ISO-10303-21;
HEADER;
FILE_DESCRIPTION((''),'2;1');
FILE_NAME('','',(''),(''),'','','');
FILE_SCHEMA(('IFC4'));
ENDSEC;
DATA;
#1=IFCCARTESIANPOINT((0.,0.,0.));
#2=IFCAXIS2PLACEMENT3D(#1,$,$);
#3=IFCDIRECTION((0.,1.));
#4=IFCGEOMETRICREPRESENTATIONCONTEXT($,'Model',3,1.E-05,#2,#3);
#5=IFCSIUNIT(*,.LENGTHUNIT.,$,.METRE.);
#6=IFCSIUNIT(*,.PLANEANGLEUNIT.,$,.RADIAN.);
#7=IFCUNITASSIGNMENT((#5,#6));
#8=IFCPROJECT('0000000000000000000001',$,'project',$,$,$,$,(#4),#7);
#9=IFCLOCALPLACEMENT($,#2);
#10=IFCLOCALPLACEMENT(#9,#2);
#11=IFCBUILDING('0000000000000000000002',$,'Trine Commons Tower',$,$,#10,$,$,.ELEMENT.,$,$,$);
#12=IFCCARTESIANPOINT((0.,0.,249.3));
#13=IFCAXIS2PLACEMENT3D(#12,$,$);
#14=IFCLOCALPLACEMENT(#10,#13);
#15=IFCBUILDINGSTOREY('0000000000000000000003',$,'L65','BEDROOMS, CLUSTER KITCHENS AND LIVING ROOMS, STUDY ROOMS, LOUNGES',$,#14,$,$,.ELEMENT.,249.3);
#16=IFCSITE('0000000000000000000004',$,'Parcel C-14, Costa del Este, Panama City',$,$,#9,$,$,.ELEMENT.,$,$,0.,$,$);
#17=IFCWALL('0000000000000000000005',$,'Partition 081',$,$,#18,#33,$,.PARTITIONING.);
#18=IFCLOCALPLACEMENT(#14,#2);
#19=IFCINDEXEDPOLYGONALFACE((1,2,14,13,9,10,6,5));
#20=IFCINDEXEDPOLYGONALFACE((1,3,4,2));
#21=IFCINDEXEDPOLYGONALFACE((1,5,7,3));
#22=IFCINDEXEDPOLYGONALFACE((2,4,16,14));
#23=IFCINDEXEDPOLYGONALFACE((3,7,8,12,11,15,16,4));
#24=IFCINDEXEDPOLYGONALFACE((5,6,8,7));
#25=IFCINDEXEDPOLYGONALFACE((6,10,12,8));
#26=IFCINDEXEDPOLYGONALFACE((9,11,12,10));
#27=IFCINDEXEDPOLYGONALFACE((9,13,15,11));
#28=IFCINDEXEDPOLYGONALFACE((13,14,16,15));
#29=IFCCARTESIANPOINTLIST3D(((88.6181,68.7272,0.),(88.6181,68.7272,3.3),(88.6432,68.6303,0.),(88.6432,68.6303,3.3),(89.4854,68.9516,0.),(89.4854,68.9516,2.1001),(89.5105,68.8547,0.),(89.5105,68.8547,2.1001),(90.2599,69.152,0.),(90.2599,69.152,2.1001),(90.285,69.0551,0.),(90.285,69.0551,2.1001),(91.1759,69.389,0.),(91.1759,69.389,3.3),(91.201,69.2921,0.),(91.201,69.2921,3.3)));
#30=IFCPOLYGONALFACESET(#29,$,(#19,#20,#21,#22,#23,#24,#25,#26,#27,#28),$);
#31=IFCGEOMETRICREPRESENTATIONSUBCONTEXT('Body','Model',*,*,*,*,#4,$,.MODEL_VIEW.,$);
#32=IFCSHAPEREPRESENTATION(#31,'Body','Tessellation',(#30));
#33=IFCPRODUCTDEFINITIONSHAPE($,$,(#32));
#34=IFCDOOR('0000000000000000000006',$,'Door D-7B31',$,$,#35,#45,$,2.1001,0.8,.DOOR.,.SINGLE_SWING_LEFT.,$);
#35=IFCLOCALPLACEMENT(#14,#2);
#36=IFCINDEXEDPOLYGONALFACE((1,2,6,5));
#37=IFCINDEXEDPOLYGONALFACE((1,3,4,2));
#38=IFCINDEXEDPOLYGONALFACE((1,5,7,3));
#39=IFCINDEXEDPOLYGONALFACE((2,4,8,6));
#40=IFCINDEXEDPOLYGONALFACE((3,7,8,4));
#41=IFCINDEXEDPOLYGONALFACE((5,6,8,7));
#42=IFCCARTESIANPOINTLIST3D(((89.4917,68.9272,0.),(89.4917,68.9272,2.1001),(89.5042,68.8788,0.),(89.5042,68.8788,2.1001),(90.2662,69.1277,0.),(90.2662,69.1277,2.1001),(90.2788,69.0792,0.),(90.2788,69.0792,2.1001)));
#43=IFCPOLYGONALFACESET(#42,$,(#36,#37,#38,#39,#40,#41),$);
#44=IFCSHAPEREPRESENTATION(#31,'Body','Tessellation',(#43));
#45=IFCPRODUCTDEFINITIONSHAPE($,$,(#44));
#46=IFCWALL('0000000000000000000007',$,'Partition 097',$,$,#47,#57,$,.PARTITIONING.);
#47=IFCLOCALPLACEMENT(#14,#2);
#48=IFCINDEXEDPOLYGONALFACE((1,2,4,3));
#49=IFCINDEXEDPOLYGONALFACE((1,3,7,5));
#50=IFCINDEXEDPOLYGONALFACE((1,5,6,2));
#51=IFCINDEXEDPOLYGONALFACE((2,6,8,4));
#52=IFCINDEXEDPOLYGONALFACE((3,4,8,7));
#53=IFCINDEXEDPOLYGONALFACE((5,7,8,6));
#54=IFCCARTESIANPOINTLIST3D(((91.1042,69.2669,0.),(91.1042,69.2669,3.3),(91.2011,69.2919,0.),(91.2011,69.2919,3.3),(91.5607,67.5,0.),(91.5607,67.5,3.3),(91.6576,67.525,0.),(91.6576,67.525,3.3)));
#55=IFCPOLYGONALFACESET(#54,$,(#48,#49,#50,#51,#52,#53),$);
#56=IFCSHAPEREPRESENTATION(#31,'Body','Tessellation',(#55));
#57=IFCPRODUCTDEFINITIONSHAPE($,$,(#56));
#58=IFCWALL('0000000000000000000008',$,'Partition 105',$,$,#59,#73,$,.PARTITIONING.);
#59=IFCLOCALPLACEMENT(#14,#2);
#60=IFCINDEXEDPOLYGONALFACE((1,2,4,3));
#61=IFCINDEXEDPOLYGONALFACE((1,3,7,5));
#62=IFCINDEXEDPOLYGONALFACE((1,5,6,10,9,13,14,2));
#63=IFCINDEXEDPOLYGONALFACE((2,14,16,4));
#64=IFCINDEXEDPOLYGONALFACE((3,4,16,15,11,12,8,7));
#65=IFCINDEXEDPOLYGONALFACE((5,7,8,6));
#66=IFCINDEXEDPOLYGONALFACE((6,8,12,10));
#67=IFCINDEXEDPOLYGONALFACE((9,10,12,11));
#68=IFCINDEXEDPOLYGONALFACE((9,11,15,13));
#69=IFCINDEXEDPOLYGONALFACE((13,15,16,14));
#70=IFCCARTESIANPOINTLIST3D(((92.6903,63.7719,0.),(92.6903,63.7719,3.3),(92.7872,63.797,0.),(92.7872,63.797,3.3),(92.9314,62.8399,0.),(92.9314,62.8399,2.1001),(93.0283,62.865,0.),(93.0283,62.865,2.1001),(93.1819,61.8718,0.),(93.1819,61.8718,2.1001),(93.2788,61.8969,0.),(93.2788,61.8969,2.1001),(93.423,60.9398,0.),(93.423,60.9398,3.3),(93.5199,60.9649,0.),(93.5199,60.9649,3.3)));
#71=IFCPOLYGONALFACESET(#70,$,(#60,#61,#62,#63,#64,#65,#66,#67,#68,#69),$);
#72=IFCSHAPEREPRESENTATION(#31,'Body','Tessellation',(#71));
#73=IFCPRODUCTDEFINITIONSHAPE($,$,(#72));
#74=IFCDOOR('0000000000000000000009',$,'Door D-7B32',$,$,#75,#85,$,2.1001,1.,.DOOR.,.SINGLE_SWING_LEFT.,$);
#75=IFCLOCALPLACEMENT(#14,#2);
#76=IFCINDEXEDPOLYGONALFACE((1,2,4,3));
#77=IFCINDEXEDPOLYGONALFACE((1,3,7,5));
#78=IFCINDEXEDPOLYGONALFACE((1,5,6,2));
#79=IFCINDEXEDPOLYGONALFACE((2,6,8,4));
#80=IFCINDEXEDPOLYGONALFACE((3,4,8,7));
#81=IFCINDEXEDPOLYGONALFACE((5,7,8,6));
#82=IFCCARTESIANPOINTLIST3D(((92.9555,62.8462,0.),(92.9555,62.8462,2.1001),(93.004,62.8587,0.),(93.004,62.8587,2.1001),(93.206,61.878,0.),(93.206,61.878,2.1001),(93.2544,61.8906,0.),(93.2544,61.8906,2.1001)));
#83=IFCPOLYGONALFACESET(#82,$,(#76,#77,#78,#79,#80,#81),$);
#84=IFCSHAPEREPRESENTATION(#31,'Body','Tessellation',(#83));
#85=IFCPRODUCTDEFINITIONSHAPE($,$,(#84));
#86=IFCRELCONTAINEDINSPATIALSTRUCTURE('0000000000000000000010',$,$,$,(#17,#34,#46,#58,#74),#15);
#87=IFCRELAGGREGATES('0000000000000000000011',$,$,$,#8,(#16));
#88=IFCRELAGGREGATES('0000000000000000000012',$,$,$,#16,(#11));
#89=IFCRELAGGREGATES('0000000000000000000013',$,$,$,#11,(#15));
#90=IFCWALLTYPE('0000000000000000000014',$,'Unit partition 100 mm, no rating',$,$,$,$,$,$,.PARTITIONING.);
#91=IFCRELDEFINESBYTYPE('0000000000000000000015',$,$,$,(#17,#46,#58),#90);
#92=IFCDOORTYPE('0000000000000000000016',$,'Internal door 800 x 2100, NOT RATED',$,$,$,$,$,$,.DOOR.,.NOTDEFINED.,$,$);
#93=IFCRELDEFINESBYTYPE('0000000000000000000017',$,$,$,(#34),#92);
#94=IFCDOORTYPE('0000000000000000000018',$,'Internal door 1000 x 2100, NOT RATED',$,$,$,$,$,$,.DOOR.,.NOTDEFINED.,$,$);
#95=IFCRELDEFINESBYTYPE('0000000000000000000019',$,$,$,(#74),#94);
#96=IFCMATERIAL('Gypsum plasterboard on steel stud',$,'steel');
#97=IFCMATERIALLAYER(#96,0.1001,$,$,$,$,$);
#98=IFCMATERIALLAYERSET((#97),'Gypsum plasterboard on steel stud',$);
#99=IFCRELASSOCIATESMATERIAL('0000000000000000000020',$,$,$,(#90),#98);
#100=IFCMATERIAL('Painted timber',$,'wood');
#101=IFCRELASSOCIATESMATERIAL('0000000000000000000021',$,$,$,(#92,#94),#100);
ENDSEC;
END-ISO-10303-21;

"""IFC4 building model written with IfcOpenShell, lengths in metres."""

from ifc_helpers import new_model, si_unit, direction, frame, frame_2d, origin, place, context, subcontext, project, spatial, rectangle, extrude, material, layer, layer_set, type_object, element, fill, save


model = new_model("IFC4")

# Units and contexts
model_context = context("Model", 3, precision=1e-05, world=origin(), true_north=direction((0.0, 1.0)))
body_context = subcontext(model_context, "Body", "Model", "MODEL_VIEW")
ifc_project = project(units=[si_unit("LENGTHUNIT", "METRE"), si_unit("PLANEANGLEUNIT", "RADIAN")], contexts=[model_context])

# Site, building, storey
site_placement = place(None, origin())
site = spatial("IfcSite", under=ifc_project, at=site_placement, Name="Parcel C-14, Costa del Este, Panama City", CompositionType="ELEMENT", RefElevation=0.0)
building_placement = place(site_placement, origin())
building = spatial("IfcBuilding", under=site, at=building_placement, Name="Trine Commons Tower", CompositionType="ELEMENT")
storey_placement = place(building_placement, frame((0.0, 0.0, 249.3)))
storey = spatial("IfcBuildingStorey", under=building, at=storey_placement, Name="L65", Description="BEDROOMS, CLUSTER KITCHENS AND LIVING ROOMS, STUDY ROOMS, LOUNGES", CompositionType="ELEMENT", Elevation=249.3)

# Shared definitions
ifc_material_1 = material(Name="Gypsum plasterboard on steel stud", Category="steel")

# Shared definitions
ifc_material_2 = material(Name="Painted timber", Category="wood")

# Wall, opening, door
ifc_layer_1 = layer(ifc_material_1, 0.1001)
ifc_layer_set_1 = layer_set([ifc_layer_1], Name="Gypsum plasterboard on steel stud")
wall_type_1 = type_object("IfcWallType", Name="Unit partition 100 mm, no rating", PredefinedType="PARTITIONING", material=ifc_layer_set_1)
wall_1_placement = place(storey_placement, frame((88.6306, 68.6787, 0.0), z_axis=(0.0, 0.0, 1.0), x_axis=(0.968115, 0.250507, 0.0)))
wall_1 = element("IfcWall", 1, at=wall_1_placement, inside=storey, type_object=wall_type_1, Name="Partition 081", PredefinedType="PARTITIONING", context=body_context, shape_type="SweptSolid", body=[
    extrude(rectangle(XDim=2.6421, YDim=0.1001, at=frame_2d((1.321, 0.0))), origin(), (0.0, 0.0, 1.0), 3.3),
])
opening_1_placement = place(wall_1_placement, frame((0.896, 0.0, 0.0)))
opening_1 = element("IfcOpeningElement", 2, at=opening_1_placement, cuts=wall_1, PredefinedType="OPENING", context=body_context, shape_type="SweptSolid", body=[
    extrude(rectangle(XDim=0.8, YDim=2.1001, at=frame_2d((0.3999, 1.05))), frame((0.0, 0.0601, 0.0), z_axis=(0.0, -1.0, 0.0), x_axis=(1.0, 0.0, 0.0)), (0.0, 0.0, 1.0), 0.1201),
])
door_type_1 = type_object("IfcDoorType", Name="Internal door 800 x 2100, NOT RATED", OperationType="NOTDEFINED", PredefinedType="DOOR", material=ifc_material_2)
door_1_placement = place(opening_1_placement, origin())
door_1 = element("IfcDoor", 3, at=door_1_placement, inside=storey, type_object=door_type_1, Name="Door D-7B31", OperationType="SINGLE_SWING_LEFT", OverallHeight=2.1001, OverallWidth=0.8, PredefinedType="DOOR", context=body_context, shape_type="SweptSolid", body=[
    extrude(rectangle(XDim=0.8, YDim=2.1001, at=frame_2d((0.3999, 1.05))), frame((0.0, 0.0249, 0.0), z_axis=(0.0, -1.0, 0.0), x_axis=(1.0, 0.0, 0.0)), (0.0, 0.0, 1.0), 0.05),
])
fill(opening_1, door_1)

# Wall
wall_2_placement = place(storey_placement, frame((91.1526, 69.2795, 0.0), z_axis=(0.0, 0.0, 1.0), x_axis=(0.250177, -0.9682, 0.0)))
element("IfcWall", 4, at=wall_2_placement, inside=storey, type_object=wall_type_1, Name="Partition 097", PredefinedType="PARTITIONING", context=body_context, shape_type="SweptSolid", body=[
    extrude(rectangle(XDim=1.825, YDim=0.1001, at=frame_2d((0.9126, 0.0))), origin(), (0.0, 0.0, 1.0), 3.3),
])

# Wall, opening, door
wall_3_placement = place(storey_placement, frame((92.7388, 63.7844, 0.0), z_axis=(0.0, 0.0, 1.0), x_axis=(0.250461, -0.968127, 0.0)))
wall_3 = element("IfcWall", 5, at=wall_3_placement, inside=storey, type_object=wall_type_1, Name="Partition 105", PredefinedType="PARTITIONING", context=body_context, shape_type="SweptSolid", body=[
    extrude(rectangle(XDim=2.9253, YDim=0.1001, at=frame_2d((1.4626, 0.0))), origin(), (0.0, 0.0, 1.0), 3.3),
])
opening_2_placement = place(wall_3_placement, frame((0.9626, 0.0, 0.0)))
opening_2 = element("IfcOpeningElement", 6, at=opening_2_placement, cuts=wall_3, PredefinedType="OPENING", context=body_context, shape_type="SweptSolid", body=[
    extrude(rectangle(XDim=1.0, YDim=2.1001, at=frame_2d((0.5, 1.05))), frame((0.0, 0.0601, 0.0), z_axis=(0.0, -1.0, 0.0), x_axis=(1.0, 0.0, 0.0)), (0.0, 0.0, 1.0), 0.1201),
])
door_type_2 = type_object("IfcDoorType", Name="Internal door 1000 x 2100, NOT RATED", OperationType="NOTDEFINED", PredefinedType="DOOR", material=ifc_material_2)
door_2_placement = place(opening_2_placement, origin())
door_2 = element("IfcDoor", 7, at=door_2_placement, inside=storey, type_object=door_type_2, Name="Door D-7B32", OperationType="SINGLE_SWING_LEFT", OverallHeight=2.1001, OverallWidth=1.0, PredefinedType="DOOR", context=body_context, shape_type="SweptSolid", body=[
    extrude(rectangle(XDim=1.0, YDim=2.1001, at=frame_2d((0.5, 1.05))), frame((0.0, 0.0249, 0.0), z_axis=(0.0, -1.0, 0.0), x_axis=(1.0, 0.0, 0.0)), (0.0, 0.0, 1.0), 0.05),
])
fill(opening_2, door_2)

save(model, "model.ifc")
